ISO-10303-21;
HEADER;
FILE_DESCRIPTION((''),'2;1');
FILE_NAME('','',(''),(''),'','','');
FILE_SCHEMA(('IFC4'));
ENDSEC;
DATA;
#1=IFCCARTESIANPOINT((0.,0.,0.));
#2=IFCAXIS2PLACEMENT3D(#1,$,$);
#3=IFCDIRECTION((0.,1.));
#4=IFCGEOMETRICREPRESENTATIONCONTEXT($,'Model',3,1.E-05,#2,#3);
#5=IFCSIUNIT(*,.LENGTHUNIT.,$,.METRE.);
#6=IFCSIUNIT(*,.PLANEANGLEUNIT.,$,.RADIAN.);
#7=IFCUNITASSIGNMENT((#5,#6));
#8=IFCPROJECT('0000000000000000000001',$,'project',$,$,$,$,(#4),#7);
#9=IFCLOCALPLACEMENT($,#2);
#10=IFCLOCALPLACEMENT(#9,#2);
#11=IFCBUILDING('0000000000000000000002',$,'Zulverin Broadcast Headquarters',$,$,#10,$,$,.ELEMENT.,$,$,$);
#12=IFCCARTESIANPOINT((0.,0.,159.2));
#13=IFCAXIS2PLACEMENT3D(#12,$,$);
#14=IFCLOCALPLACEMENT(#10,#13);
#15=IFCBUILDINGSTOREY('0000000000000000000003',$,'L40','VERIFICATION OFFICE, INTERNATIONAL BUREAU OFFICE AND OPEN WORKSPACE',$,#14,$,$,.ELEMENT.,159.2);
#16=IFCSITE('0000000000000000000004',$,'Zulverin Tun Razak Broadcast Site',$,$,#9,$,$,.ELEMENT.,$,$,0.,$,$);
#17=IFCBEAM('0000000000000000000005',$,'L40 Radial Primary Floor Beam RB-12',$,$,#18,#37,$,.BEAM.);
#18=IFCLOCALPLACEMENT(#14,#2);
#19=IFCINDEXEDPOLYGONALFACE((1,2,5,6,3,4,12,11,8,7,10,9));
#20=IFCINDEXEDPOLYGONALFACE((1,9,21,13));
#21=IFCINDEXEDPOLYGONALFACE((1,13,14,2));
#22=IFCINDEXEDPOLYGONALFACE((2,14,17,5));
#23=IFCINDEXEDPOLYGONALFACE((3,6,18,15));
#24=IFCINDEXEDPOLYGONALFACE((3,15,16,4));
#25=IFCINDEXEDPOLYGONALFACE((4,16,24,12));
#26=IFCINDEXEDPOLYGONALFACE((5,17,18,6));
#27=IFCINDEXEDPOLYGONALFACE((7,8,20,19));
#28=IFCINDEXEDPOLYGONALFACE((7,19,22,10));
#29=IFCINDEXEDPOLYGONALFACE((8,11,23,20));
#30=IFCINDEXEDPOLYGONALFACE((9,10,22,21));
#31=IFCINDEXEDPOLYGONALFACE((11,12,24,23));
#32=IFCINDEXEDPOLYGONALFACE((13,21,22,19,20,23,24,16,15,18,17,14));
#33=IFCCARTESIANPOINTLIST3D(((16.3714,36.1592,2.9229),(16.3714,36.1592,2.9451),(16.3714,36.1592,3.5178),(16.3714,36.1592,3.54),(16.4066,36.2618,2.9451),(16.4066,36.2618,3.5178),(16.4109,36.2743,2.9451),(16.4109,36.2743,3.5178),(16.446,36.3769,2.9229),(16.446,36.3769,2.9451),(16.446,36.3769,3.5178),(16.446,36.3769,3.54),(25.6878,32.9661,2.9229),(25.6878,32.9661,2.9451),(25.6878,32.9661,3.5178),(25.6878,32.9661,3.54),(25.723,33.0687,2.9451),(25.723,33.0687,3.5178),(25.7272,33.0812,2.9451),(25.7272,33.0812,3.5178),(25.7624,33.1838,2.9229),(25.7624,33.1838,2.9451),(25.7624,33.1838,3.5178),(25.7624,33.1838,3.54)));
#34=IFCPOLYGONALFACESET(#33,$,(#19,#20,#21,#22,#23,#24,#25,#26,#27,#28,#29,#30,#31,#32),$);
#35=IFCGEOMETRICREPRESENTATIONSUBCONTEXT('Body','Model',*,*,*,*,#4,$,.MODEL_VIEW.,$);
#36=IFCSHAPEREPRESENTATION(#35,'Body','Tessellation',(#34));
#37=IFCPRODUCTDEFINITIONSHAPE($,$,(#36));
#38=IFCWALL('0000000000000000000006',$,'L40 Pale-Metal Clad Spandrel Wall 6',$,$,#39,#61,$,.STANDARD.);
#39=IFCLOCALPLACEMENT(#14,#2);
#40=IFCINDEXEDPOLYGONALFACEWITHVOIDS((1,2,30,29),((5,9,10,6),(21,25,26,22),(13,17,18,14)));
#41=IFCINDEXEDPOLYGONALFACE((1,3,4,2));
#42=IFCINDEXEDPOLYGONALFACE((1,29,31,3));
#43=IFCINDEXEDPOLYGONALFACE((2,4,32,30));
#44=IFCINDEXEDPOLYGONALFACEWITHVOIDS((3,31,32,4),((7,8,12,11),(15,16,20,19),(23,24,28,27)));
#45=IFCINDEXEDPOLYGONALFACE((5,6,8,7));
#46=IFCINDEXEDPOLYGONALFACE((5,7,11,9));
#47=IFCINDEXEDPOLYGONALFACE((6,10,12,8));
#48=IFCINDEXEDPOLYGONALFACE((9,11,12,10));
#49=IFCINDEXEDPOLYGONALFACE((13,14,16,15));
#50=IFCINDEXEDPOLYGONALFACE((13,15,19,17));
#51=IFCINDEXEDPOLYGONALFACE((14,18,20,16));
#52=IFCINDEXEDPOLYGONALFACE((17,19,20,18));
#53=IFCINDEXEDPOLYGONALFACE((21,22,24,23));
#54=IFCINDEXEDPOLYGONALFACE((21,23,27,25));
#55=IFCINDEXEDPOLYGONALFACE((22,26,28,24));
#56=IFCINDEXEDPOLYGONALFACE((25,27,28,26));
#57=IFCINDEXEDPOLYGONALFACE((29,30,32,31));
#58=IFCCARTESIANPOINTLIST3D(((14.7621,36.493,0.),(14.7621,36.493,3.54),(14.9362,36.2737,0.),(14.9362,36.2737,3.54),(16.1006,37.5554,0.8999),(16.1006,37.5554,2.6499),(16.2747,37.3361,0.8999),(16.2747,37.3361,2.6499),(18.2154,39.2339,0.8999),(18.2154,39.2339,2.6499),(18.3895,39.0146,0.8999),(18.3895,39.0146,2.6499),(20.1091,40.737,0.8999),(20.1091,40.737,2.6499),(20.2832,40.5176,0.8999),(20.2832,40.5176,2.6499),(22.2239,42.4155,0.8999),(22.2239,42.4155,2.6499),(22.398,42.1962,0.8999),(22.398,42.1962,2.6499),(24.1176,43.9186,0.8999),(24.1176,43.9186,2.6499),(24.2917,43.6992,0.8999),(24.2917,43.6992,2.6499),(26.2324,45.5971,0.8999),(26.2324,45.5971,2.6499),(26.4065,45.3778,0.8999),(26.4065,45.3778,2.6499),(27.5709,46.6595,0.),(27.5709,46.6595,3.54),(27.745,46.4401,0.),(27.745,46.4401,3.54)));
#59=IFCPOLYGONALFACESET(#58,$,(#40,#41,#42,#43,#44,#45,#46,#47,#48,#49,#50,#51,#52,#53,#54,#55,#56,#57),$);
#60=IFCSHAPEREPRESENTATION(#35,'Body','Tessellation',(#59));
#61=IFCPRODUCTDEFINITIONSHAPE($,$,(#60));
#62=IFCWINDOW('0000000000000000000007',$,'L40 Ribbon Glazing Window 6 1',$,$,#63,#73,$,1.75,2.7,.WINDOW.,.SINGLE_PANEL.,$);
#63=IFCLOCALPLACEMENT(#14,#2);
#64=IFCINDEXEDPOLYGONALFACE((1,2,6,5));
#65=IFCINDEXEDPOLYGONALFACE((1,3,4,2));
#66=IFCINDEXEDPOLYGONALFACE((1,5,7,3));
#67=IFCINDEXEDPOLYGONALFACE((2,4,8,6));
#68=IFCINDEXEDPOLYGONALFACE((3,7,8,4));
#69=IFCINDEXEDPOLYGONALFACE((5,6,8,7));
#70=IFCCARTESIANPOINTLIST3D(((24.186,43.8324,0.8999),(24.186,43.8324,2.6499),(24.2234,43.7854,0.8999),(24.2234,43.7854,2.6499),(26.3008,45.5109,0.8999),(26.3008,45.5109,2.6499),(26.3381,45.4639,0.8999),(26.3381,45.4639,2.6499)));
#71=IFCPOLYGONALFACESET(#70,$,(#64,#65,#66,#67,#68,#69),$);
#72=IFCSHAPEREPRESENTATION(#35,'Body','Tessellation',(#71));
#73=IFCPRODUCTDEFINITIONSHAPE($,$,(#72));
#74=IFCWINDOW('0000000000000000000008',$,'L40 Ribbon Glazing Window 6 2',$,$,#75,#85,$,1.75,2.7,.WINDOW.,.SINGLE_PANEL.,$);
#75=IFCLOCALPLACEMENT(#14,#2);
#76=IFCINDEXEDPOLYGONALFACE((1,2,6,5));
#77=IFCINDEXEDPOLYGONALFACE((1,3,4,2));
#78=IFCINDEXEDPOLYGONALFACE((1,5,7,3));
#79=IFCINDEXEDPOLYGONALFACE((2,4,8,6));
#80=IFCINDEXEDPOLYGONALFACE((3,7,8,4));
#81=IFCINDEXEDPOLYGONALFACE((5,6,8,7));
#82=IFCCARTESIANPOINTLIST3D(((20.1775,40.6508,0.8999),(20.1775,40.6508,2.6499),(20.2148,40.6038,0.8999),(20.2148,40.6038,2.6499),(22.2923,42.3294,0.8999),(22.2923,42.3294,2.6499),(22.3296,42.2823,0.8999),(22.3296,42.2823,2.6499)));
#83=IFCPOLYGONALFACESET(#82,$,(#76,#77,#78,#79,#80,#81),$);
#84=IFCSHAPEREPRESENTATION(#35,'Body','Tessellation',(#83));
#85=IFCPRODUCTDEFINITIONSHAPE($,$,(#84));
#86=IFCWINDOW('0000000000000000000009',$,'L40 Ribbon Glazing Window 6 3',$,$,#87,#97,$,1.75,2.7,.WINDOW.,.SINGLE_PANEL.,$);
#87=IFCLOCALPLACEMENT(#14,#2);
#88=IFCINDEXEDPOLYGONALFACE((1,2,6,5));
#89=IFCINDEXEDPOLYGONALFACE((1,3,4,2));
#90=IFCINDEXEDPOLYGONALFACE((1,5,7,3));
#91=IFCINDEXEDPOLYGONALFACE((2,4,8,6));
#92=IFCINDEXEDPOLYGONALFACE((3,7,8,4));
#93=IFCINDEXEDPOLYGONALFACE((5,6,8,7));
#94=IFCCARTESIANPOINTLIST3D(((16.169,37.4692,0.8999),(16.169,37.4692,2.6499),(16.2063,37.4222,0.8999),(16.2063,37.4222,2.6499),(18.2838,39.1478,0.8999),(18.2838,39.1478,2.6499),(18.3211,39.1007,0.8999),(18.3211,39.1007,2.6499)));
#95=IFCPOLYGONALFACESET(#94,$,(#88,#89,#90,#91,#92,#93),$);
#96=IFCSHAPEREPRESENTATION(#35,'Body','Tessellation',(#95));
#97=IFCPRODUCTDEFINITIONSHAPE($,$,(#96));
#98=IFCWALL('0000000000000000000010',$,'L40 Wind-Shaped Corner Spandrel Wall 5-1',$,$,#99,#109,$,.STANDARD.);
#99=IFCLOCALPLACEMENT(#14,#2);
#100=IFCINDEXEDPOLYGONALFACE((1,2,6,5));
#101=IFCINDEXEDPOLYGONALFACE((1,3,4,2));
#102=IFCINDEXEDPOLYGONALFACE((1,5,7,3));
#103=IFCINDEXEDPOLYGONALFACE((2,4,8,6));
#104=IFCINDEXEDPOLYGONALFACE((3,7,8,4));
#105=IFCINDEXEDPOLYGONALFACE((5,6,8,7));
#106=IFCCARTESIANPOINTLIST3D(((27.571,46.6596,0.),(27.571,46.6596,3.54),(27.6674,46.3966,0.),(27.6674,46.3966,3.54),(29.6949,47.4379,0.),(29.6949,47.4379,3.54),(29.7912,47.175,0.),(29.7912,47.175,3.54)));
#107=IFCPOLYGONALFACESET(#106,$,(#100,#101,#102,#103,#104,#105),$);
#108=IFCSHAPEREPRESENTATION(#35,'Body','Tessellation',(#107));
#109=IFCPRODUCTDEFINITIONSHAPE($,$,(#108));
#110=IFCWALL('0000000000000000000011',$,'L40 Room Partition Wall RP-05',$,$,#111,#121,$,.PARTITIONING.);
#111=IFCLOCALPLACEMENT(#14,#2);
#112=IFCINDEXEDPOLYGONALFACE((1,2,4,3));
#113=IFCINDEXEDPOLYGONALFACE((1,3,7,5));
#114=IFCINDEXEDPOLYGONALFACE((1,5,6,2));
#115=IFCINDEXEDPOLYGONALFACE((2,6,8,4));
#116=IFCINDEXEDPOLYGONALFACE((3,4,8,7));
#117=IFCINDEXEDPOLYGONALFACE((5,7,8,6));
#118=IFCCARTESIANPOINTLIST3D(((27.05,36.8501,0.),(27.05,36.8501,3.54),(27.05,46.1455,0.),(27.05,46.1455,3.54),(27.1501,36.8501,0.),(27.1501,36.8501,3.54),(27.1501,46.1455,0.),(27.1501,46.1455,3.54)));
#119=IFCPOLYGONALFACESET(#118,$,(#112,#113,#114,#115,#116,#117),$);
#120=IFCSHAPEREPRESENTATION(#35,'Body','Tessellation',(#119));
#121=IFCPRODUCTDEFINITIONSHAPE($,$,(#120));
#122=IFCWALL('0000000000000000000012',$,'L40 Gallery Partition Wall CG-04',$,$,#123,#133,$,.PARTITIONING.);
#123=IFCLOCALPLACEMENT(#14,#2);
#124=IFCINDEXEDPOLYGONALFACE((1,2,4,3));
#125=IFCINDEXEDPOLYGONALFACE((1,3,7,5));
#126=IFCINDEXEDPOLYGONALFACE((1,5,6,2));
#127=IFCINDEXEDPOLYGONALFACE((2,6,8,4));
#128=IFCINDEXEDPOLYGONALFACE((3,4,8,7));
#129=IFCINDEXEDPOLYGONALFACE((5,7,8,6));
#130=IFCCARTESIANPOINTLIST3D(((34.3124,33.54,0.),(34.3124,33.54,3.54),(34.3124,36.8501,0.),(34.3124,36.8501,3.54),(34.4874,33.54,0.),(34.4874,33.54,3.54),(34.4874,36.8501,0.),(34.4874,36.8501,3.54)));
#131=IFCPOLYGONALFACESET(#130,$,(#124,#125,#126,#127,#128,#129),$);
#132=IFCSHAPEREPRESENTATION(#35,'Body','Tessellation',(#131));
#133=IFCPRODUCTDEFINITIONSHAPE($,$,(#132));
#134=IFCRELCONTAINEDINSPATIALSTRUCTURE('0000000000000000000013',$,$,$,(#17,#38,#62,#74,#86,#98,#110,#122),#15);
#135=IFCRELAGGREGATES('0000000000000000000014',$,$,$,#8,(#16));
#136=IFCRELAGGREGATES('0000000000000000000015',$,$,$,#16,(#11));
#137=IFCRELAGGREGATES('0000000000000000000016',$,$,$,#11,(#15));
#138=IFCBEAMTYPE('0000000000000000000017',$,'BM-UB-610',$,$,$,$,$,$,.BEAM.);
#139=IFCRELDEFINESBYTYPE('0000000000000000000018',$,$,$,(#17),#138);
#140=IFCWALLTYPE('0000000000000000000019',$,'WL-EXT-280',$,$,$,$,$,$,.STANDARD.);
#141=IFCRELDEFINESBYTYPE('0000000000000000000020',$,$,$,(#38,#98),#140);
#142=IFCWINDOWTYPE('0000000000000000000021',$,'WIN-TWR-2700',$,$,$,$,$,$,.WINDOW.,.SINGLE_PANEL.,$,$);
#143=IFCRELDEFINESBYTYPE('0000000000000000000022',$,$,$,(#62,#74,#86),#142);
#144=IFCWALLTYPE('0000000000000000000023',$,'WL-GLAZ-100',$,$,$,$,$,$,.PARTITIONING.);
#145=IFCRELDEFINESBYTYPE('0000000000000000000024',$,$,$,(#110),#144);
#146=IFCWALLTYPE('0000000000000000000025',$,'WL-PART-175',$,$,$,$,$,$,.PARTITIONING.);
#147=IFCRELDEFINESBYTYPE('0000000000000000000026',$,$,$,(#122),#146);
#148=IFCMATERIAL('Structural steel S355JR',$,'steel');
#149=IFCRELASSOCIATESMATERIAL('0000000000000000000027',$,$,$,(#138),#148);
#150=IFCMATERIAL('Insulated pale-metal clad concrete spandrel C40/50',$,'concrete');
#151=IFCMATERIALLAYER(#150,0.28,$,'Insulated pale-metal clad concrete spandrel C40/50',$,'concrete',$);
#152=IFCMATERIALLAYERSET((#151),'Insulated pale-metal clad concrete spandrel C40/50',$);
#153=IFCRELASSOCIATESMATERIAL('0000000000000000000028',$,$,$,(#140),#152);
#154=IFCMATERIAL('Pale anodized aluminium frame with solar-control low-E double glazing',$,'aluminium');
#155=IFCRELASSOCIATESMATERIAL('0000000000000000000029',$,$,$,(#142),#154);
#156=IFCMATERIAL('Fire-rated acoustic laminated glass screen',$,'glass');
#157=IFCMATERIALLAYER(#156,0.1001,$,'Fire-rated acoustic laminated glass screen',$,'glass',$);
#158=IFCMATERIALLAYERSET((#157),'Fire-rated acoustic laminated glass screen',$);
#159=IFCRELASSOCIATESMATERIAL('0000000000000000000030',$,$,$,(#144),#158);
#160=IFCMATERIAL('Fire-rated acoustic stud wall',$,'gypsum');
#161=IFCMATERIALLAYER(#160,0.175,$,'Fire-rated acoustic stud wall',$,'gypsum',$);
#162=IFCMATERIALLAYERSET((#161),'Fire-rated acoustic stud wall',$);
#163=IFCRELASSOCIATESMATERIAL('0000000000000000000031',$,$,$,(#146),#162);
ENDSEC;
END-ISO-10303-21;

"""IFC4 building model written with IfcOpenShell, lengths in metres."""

from ifc_helpers import new_model, si_unit, direction, frame, frame_2d, origin, origin_2d, place, context, subcontext, project, spatial, rectangle, i_section, extrude, material, layer, layer_set, material_profile, profile_set, type_object, element, fill, save


model = new_model("IFC4")

# Units and contexts
model_context = context("Model", 3, precision=1e-05, world=origin(), true_north=direction((0.0, 1.0)))
body_context = subcontext(model_context, "Body", "Model", "MODEL_VIEW")
ifc_project = project(units=[si_unit("LENGTHUNIT", "METRE"), si_unit("PLANEANGLEUNIT", "RADIAN")], contexts=[model_context])

# Site, building, storey
site_placement = place(None, origin())
site = spatial("IfcSite", under=ifc_project, at=site_placement, Name="Zulverin Tun Razak Broadcast Site", CompositionType="ELEMENT", RefElevation=0.0)
building_placement = place(site_placement, origin())
building = spatial("IfcBuilding", under=site, at=building_placement, Name="Zulverin Broadcast Headquarters", CompositionType="ELEMENT")
storey_placement = place(building_placement, frame((0.0, 0.0, 159.2)))
storey = spatial("IfcBuildingStorey", under=building, at=storey_placement, Name="L40", Description="VERIFICATION OFFICE, INTERNATIONAL BUREAU OFFICE AND OPEN WORKSPACE", CompositionType="ELEMENT", Elevation=159.2)

# Beam
ifc_material_1 = material(Name="Structural steel S355JR", Category="steel")
ifc_material_profile_1 = material_profile(ifc_material_1, i_section(OverallWidth=0.2302, OverallDepth=0.6172, WebThickness=0.0132, FlangeThickness=0.0222, at=origin_2d()), Name="Structural steel S355JR", Category="steel")
ifc_profile_set_1 = profile_set([ifc_material_profile_1], Name="Structural steel S355JR")
beam_type_1 = type_object("IfcBeamType", Name="BM-UB-610", PredefinedType="BEAM", material=ifc_profile_set_1)
beam_1_placement = place(storey_placement, frame((25.7251, 33.075, 3.2314), z_axis=(-0.94598, 0.324226, 0.0), x_axis=(-0.324226, -0.94598, 0.0)))
element("IfcBeam", 1, at=beam_1_placement, inside=storey, type_object=beam_type_1, Name="L40 Radial Primary Floor Beam RB-12", PredefinedType="BEAM", context=body_context, shape_type="SweptSolid", body=[
    extrude(i_section(OverallWidth=0.2302, OverallDepth=0.6172, WebThickness=0.0132, FlangeThickness=0.0222, at=origin_2d()), origin(), (0.0, 0.0, 1.0), 9.8484),
])

# Wall, openings, windows
ifc_material_2 = material(Name="Insulated pale-metal clad concrete spandrel C40/50", Category="concrete")
ifc_layer_1 = layer(ifc_material_2, 0.28, Name="Insulated pale-metal clad concrete spandrel C40/50", Category="concrete")
ifc_layer_set_1 = layer_set([ifc_layer_1], Name="Insulated pale-metal clad concrete spandrel C40/50")
wall_type_1 = type_object("IfcWallType", Name="WL-EXT-280", PredefinedType="STANDARD", material=ifc_layer_set_1)
wall_1_placement = place(storey_placement, frame((27.658, 46.5498, 0.0), z_axis=(0.0, 0.0, 1.0), x_axis=(-0.783266, -0.621686, 0.0)))
wall_1 = element("IfcWall", 2, at=wall_1_placement, inside=storey, type_object=wall_type_1, Name="L40 Pale-Metal Clad Spandrel Wall 6", PredefinedType="STANDARD", context=body_context, shape_type="SweptSolid", body=[
    extrude(rectangle(XDim=16.353, YDim=0.28, at=frame_2d((8.1765, 0.0))), origin(), (0.0, 0.0, 1.0), 3.54),
])
opening_1_placement = place(wall_1_placement, frame((1.7087, 0.0, 0.8999)))
opening_1 = element("IfcOpeningElement", 3, at=opening_1_placement, cuts=wall_1, PredefinedType="OPENING", context=body_context, shape_type="SweptSolid", body=[
    extrude(rectangle(XDim=2.7, YDim=1.75, at=frame_2d((1.3501, 0.875))), frame((0.0, 0.1499, 0.0), z_axis=(0.0, -1.0, 0.0), x_axis=(1.0, 0.0, 0.0)), (0.0, 0.0, 1.0), 0.3),
])
opening_2_placement = place(wall_1_placement, frame((6.8264, 0.0, 0.8999)))
opening_2 = element("IfcOpeningElement", 4, at=opening_2_placement, cuts=wall_1, PredefinedType="OPENING", context=body_context, shape_type="SweptSolid", body=[
    extrude(rectangle(XDim=2.7, YDim=1.75, at=frame_2d((1.3501, 0.875))), frame((0.0, 0.1499, 0.0), z_axis=(0.0, -1.0, 0.0), x_axis=(1.0, 0.0, 0.0)), (0.0, 0.0, 1.0), 0.3),
])
opening_3_placement = place(wall_1_placement, frame((11.9441, 0.0, 0.8999)))
opening_3 = element("IfcOpeningElement", 5, at=opening_3_placement, cuts=wall_1, PredefinedType="OPENING", context=body_context, shape_type="SweptSolid", body=[
    extrude(rectangle(XDim=2.7, YDim=1.75, at=frame_2d((1.3501, 0.875))), frame((0.0, 0.1499, 0.0), z_axis=(0.0, -1.0, 0.0), x_axis=(1.0, 0.0, 0.0)), (0.0, 0.0, 1.0), 0.3),
])
ifc_material_3 = material(Name="Pale anodized aluminium frame with solar-control low-E double glazing", Category="aluminium")
window_type = type_object("IfcWindowType", Name="WIN-TWR-2700", PartitioningType="SINGLE_PANEL", PredefinedType="WINDOW", material=ifc_material_3)
window_1_placement = place(opening_1_placement, origin())
window_1 = element("IfcWindow", 6, at=window_1_placement, inside=storey, type_object=window_type, Name="L40 Ribbon Glazing Window 6 1", OverallHeight=1.75, OverallWidth=2.7, PartitioningType="SINGLE_PANEL", PredefinedType="WINDOW", context=body_context, shape_type="SweptSolid", body=[
    extrude(rectangle(XDim=2.7, YDim=1.75, at=frame_2d((1.3501, 0.875))), frame((0.0, 0.03, 0.0), z_axis=(0.0, -1.0, 0.0), x_axis=(1.0, 0.0, 0.0)), (0.0, 0.0, 1.0), 0.0601),
])
fill(opening_1, window_1)
window_2_placement = place(opening_2_placement, origin())
window_2 = element("IfcWindow", 7, at=window_2_placement, inside=storey, type_object=window_type, Name="L40 Ribbon Glazing Window 6 2", OverallHeight=1.75, OverallWidth=2.7, PartitioningType="SINGLE_PANEL", PredefinedType="WINDOW", context=body_context, shape_type="SweptSolid", body=[
    extrude(rectangle(XDim=2.7, YDim=1.75, at=frame_2d((1.3501, 0.875))), frame((0.0, 0.03, 0.0), z_axis=(0.0, -1.0, 0.0), x_axis=(1.0, 0.0, 0.0)), (0.0, 0.0, 1.0), 0.0601),
])
fill(opening_2, window_2)
window_3_placement = place(opening_3_placement, origin())
window_3 = element("IfcWindow", 8, at=window_3_placement, inside=storey, type_object=window_type, Name="L40 Ribbon Glazing Window 6 3", OverallHeight=1.75, OverallWidth=2.7, PartitioningType="SINGLE_PANEL", PredefinedType="WINDOW", context=body_context, shape_type="SweptSolid", body=[
    extrude(rectangle(XDim=2.7, YDim=1.75, at=frame_2d((1.3501, 0.875))), frame((0.0, 0.03, 0.0), z_axis=(0.0, -1.0, 0.0), x_axis=(1.0, 0.0, 0.0)), (0.0, 0.0, 1.0), 0.0601),
])
fill(opening_3, window_3)

# Walls
wall_2_placement = place(storey_placement, frame((29.7429, 47.3064, 0.0), z_axis=(0.0, 0.0, 1.0), x_axis=(-0.938933, -0.344099, 0.0)))
element("IfcWall", 9, at=wall_2_placement, inside=storey, type_object=wall_type_1, Name="L40 Wind-Shaped Corner Spandrel Wall 5-1", PredefinedType="STANDARD", context=body_context, shape_type="SweptSolid", body=[
    extrude(rectangle(XDim=2.262, YDim=0.28, at=frame_2d((1.1309, 0.0))), origin(), (0.0, 0.0, 1.0), 3.54),
])
ifc_material_4 = material(Name="Fire-rated acoustic laminated glass screen", Category="glass")
ifc_layer_2 = layer(ifc_material_4, 0.1001, Name="Fire-rated acoustic laminated glass screen", Category="glass")
ifc_layer_set_2 = layer_set([ifc_layer_2], Name="Fire-rated acoustic laminated glass screen")
wall_type_2 = type_object("IfcWallType", Name="WL-GLAZ-100", PredefinedType="PARTITIONING", material=ifc_layer_set_2)
wall_3_placement = place(storey_placement, frame((27.1001, 36.8501, 0.0), z_axis=(0.0, 0.0, 1.0), x_axis=(0.0, 1.0, 0.0)))
element("IfcWall", 10, at=wall_3_placement, inside=storey, type_object=wall_type_2, Name="L40 Room Partition Wall RP-05", PredefinedType="PARTITIONING", context=body_context, shape_type="SweptSolid", body=[
    extrude(rectangle(XDim=9.2954, YDim=0.1001, at=frame_2d((4.6477, 0.0))), origin(), (0.0, 0.0, 1.0), 3.54),
])
ifc_material_5 = material(Name="Fire-rated acoustic stud wall", Category="gypsum")
ifc_layer_3 = layer(ifc_material_5, 0.175, Name="Fire-rated acoustic stud wall", Category="gypsum")
ifc_layer_set_3 = layer_set([ifc_layer_3], Name="Fire-rated acoustic stud wall")
wall_type_3 = type_object("IfcWallType", Name="WL-PART-175", PredefinedType="PARTITIONING", material=ifc_layer_set_3)
wall_4_placement = place(storey_placement, frame((34.3999, 33.54, 0.0), z_axis=(0.0, 0.0, 1.0), x_axis=(0.0, 1.0, 0.0)))
element("IfcWall", 11, at=wall_4_placement, inside=storey, type_object=wall_type_3, Name="L40 Gallery Partition Wall CG-04", PredefinedType="PARTITIONING", context=body_context, shape_type="SweptSolid", body=[
    extrude(rectangle(XDim=3.3101, YDim=0.175, at=frame_2d((1.655, 0.0))), origin(), (0.0, 0.0, 1.0), 3.54),
])

save(model, "model.ifc")
